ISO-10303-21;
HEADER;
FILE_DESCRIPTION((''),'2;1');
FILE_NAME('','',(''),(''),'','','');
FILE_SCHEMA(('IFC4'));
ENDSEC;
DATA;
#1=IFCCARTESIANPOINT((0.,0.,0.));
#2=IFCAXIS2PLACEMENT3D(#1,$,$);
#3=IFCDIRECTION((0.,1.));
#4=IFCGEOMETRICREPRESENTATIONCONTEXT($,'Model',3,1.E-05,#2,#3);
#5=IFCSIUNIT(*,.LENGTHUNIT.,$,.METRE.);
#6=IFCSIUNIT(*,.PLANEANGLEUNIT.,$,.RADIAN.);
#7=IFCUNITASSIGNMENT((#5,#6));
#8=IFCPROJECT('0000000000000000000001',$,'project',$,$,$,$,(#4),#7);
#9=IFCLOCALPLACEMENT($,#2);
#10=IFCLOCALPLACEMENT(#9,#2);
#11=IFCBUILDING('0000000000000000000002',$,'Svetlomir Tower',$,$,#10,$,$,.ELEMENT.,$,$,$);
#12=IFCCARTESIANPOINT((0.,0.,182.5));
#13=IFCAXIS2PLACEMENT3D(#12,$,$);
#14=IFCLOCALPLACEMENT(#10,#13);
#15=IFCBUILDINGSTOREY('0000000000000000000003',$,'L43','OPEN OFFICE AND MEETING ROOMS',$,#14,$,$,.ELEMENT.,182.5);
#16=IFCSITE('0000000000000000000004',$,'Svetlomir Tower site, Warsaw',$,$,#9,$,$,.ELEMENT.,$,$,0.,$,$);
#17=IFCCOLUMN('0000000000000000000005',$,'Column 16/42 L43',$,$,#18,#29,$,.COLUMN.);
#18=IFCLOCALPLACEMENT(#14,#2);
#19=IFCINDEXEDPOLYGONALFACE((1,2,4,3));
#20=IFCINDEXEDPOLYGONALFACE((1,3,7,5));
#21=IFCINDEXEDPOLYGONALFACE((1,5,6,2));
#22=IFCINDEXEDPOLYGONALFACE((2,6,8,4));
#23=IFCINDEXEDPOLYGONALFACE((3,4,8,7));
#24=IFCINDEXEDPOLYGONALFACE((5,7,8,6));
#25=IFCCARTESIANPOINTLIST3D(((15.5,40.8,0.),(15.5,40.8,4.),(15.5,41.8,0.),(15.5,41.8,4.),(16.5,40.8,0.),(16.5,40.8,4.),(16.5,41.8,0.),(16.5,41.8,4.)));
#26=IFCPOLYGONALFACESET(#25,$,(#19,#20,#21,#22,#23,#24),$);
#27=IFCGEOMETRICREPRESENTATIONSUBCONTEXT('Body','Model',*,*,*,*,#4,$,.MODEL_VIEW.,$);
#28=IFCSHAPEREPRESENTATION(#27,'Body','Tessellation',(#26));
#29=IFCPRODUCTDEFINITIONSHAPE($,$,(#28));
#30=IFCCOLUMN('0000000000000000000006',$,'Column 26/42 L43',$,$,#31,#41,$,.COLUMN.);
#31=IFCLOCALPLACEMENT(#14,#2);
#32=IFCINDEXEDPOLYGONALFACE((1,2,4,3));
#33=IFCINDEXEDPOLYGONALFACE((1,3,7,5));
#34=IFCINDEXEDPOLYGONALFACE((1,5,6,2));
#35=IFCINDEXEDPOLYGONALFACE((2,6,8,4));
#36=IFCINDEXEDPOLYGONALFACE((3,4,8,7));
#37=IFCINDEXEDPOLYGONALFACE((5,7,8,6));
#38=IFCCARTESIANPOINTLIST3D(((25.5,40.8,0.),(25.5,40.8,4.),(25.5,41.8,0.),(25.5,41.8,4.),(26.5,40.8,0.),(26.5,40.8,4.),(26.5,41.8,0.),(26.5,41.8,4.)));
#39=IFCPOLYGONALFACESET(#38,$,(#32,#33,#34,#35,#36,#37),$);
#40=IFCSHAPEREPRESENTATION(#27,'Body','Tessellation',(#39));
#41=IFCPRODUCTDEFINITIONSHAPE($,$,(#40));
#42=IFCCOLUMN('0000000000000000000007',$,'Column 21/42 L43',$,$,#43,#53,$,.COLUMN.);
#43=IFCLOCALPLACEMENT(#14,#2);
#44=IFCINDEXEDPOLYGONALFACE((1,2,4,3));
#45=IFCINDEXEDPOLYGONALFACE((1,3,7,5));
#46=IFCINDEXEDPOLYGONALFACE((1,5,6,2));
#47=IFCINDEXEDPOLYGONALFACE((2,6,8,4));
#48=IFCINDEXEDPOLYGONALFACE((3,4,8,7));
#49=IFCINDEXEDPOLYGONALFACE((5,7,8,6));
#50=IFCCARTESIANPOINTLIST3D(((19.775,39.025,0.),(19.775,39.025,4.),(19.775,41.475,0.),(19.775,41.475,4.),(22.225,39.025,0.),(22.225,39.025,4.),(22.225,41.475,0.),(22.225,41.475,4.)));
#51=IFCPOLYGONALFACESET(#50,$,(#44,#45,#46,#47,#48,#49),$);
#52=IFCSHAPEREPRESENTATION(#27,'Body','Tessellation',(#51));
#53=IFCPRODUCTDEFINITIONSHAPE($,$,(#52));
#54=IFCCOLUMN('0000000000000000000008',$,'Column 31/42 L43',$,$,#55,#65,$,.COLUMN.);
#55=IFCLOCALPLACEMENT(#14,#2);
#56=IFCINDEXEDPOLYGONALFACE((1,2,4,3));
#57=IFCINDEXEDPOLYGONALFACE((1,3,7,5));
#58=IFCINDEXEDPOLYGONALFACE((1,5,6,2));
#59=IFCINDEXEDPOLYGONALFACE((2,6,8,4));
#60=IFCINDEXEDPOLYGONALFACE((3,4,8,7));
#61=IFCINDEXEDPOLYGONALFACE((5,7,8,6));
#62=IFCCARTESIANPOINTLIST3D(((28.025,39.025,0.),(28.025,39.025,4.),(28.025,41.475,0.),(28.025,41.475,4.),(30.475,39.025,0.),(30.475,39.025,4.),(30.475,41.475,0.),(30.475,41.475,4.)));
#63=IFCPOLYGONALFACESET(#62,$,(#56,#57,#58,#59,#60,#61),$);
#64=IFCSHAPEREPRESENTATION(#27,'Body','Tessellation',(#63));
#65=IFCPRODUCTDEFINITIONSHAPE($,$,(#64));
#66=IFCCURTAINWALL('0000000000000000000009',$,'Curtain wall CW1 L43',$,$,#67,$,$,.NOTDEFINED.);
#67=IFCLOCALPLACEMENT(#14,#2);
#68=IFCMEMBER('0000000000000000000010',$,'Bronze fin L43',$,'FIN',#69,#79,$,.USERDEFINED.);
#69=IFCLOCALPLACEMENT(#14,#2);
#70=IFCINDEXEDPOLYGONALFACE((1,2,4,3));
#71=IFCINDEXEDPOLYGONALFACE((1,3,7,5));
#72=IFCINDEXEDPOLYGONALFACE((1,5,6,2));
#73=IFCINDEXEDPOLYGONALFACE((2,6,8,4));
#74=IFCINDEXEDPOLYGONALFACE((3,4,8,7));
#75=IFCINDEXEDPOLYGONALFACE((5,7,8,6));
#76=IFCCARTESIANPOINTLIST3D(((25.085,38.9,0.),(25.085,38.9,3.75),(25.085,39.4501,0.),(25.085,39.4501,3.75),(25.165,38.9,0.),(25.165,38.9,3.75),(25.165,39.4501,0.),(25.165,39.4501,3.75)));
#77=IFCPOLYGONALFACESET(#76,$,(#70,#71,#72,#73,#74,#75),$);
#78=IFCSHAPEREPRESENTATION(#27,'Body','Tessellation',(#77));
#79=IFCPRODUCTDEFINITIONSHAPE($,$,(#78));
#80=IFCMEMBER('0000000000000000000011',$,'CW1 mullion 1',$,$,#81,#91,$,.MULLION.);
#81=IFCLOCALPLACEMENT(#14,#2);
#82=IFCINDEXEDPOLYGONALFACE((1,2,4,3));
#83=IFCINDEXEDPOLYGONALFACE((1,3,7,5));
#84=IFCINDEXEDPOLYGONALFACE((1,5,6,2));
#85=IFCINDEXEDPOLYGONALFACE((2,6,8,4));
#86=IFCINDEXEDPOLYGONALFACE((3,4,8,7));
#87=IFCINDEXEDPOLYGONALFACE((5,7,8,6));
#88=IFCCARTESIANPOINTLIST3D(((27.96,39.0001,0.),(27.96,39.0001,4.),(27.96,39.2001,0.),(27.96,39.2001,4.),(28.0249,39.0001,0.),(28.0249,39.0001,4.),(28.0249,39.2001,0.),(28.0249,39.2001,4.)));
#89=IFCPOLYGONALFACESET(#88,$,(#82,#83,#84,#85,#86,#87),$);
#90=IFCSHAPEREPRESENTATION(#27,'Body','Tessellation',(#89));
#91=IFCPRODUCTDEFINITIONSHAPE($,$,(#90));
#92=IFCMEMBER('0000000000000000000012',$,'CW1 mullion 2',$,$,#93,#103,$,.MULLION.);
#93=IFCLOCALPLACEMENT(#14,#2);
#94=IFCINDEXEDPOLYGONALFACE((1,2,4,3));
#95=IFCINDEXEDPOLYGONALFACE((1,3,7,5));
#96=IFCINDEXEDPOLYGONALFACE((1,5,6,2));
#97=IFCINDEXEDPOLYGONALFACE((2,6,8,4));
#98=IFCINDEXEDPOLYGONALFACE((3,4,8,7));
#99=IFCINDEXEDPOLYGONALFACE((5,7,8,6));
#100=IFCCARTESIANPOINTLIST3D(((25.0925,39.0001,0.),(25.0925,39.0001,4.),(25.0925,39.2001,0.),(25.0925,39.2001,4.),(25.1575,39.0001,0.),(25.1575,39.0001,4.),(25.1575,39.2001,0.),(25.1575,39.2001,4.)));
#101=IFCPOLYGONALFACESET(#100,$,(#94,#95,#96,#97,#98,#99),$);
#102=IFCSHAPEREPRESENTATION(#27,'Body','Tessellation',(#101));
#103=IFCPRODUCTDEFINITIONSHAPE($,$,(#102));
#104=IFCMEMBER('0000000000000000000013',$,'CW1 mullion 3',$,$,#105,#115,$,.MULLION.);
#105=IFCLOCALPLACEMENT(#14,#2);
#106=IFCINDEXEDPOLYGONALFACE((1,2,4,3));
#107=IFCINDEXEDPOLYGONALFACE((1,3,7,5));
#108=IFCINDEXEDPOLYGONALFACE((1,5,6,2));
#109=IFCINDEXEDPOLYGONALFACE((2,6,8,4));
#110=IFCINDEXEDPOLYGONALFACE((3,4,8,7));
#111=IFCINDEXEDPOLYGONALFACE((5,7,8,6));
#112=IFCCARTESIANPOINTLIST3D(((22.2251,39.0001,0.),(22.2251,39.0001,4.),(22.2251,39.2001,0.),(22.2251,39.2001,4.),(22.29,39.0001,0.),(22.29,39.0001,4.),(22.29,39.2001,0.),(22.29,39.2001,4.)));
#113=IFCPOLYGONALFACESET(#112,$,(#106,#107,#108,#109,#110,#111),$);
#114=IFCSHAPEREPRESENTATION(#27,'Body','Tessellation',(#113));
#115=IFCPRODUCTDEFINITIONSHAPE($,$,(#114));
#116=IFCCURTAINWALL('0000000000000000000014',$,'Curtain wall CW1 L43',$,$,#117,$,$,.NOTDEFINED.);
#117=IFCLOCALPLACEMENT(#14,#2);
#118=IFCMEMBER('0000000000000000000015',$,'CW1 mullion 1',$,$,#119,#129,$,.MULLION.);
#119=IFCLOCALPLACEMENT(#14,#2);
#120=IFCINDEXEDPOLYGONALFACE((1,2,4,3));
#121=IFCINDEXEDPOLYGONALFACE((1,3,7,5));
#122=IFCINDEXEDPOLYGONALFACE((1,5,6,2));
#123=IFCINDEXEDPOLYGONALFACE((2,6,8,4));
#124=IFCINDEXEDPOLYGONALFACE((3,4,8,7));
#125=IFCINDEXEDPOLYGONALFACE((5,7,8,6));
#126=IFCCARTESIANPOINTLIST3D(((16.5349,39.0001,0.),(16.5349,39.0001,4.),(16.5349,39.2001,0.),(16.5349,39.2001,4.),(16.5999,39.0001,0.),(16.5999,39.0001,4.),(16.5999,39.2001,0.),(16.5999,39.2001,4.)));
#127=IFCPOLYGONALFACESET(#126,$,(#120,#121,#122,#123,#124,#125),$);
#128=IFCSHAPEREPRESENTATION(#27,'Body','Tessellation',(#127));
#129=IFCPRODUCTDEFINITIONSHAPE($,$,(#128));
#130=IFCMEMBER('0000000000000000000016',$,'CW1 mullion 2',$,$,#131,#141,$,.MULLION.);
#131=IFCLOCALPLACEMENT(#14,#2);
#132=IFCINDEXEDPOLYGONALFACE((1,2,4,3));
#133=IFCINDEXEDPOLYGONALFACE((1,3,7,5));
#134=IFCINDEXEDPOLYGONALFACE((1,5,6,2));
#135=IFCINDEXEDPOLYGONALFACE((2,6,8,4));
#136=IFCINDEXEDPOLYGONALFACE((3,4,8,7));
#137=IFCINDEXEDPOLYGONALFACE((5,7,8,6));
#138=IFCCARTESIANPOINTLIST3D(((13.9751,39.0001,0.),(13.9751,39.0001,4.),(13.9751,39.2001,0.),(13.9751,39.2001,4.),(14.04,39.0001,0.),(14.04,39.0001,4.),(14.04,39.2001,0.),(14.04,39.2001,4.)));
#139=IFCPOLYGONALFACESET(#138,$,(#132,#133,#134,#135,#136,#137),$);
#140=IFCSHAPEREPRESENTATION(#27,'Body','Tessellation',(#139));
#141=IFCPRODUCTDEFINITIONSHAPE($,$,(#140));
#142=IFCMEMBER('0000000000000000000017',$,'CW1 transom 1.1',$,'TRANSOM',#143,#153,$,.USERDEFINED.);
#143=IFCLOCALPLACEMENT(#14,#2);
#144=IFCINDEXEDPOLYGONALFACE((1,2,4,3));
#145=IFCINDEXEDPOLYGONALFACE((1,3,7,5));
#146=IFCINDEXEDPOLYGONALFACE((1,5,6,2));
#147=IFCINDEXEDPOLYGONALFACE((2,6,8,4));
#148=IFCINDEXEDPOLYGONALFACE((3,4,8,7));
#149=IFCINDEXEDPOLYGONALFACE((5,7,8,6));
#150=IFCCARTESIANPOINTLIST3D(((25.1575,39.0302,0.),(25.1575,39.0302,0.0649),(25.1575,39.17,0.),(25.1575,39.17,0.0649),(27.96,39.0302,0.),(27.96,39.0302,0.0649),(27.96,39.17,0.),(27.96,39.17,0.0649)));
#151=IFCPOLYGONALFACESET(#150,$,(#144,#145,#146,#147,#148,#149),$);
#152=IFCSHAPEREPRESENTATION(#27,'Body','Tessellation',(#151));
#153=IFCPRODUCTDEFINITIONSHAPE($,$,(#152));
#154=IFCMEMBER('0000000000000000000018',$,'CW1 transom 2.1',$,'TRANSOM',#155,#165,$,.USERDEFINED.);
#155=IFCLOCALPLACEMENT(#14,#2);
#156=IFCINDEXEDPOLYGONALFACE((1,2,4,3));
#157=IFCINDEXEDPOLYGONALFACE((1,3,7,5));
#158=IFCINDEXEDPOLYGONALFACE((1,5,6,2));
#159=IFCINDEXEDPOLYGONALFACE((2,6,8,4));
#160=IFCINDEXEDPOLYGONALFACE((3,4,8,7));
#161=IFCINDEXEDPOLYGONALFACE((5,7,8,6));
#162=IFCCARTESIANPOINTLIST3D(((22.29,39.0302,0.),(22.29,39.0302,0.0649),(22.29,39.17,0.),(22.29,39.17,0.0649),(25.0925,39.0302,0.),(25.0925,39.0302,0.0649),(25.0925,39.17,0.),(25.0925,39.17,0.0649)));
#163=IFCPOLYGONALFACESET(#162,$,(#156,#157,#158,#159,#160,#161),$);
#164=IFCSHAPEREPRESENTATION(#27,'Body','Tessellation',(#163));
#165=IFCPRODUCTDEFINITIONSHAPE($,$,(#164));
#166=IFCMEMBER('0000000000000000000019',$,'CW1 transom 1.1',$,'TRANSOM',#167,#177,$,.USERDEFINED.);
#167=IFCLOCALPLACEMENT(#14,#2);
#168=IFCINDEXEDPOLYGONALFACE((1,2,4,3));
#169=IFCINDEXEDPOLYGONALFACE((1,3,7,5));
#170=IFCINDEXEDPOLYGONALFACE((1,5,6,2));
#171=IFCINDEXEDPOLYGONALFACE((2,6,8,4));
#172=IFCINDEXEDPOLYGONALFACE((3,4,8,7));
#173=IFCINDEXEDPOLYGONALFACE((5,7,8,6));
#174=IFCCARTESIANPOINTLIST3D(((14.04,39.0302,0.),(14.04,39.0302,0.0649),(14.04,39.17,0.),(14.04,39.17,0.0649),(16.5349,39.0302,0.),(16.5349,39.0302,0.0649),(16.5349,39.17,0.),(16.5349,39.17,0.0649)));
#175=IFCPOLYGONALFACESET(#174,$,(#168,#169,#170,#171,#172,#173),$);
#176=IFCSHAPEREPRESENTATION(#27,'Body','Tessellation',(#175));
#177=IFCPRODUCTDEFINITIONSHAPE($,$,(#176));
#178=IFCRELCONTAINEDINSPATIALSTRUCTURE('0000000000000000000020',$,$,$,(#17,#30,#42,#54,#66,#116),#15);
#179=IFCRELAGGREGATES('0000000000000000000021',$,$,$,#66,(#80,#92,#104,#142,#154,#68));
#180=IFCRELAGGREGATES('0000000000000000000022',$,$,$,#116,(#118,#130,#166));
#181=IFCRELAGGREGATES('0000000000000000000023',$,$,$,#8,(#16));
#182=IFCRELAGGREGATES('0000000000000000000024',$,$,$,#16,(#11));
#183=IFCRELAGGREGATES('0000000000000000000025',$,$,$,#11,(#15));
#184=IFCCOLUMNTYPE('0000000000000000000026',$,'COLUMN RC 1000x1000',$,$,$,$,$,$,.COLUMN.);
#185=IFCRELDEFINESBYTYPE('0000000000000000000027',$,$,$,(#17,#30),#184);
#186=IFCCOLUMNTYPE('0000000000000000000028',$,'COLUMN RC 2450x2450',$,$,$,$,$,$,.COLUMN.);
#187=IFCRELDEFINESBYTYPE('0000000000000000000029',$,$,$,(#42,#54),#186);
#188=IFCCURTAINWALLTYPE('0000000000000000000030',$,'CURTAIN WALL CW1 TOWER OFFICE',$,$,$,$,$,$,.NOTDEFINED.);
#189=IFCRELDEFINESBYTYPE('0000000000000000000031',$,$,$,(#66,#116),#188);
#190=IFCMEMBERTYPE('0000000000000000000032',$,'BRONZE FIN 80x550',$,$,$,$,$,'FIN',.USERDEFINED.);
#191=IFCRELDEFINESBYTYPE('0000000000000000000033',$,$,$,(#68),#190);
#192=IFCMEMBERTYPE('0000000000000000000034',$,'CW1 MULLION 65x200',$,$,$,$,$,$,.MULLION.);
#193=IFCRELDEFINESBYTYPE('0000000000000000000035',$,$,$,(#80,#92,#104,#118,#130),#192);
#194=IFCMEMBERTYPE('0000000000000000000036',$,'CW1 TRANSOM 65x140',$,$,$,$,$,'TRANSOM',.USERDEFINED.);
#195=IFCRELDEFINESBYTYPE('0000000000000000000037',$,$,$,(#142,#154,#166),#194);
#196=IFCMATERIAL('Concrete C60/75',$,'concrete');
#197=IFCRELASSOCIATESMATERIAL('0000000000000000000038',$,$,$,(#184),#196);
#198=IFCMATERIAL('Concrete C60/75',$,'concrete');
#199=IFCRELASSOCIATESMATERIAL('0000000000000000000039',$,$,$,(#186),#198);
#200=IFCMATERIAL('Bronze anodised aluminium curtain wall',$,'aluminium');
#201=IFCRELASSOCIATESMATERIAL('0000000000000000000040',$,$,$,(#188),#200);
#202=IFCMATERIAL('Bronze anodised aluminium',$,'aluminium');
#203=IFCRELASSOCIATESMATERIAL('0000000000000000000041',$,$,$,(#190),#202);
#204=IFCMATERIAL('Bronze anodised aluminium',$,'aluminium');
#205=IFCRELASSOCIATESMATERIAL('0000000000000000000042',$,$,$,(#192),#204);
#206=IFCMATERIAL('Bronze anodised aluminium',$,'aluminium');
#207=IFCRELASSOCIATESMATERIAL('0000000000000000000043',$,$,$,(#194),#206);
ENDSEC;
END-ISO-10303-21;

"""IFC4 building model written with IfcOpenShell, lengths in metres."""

from ifc_helpers import new_model, si_unit, direction, frame, origin, origin_2d, place, context, subcontext, project, spatial, rectangle, extrude, material, material_profile, profile_set, type_object, element, aggregate, save


model = new_model("IFC4")

# Units and contexts
model_context = context("Model", 3, precision=1e-05, world=origin(), true_north=direction((0.0, 1.0)))
body_context = subcontext(model_context, "Body", "Model", "MODEL_VIEW")
ifc_project = project(units=[si_unit("LENGTHUNIT", "METRE"), si_unit("PLANEANGLEUNIT", "RADIAN")], contexts=[model_context])

# Site, building, storey
site_placement = place(None, origin())
site = spatial("IfcSite", under=ifc_project, at=site_placement, Name="Svetlomir Tower site, Warsaw", CompositionType="ELEMENT", RefElevation=0.0)
building_placement = place(site_placement, origin())
building = spatial("IfcBuilding", under=site, at=building_placement, Name="Svetlomir Tower", CompositionType="ELEMENT")
storey_placement = place(building_placement, frame((0.0, 0.0, 182.5)))
storey = spatial("IfcBuildingStorey", under=building, at=storey_placement, Name="L43", Description="OPEN OFFICE AND MEETING ROOMS", CompositionType="ELEMENT", Elevation=182.5)

# Columns
ifc_material_1 = material(Name="Concrete C60/75", Category="concrete")
ifc_material_profile_1 = material_profile(ifc_material_1, rectangle(XDim=1.0, YDim=1.0, at=origin_2d()), Name="RC 1000x1000")
ifc_profile_set_1 = profile_set([ifc_material_profile_1], Name="Concrete C60/75")
column_type_1 = type_object("IfcColumnType", Name="COLUMN RC 1000x1000", PredefinedType="COLUMN", material=ifc_profile_set_1)
for number, where, z_axis, x_axis, name in (
    (1, (16.0, 41.3, 0.0), (0.0, 0.0, 1.0), (1.0, 0.0, 0.0), "Column 16/42 L43"),
    (2, (26.0, 41.3, 0.0), (0.0, 0.0, 1.0), (1.0, 0.0, 0.0), "Column 26/42 L43"),
):
    element("IfcColumn", number, at=place(storey_placement, frame(where, z_axis=z_axis, x_axis=x_axis)), inside=storey, type_object=column_type_1, Name=name, PredefinedType="COLUMN", context=body_context, shape_type="SweptSolid", body=[
        extrude(rectangle(XDim=1.0, YDim=1.0, at=origin_2d()), origin(), (0.0, 0.0, 1.0), 4.0),
    ])
ifc_material_2 = material(Name="Concrete C60/75", Category="concrete")
ifc_material_profile_2 = material_profile(ifc_material_2, rectangle(XDim=2.45, YDim=2.45, at=origin_2d()), Name="RC 2450x2450")
ifc_profile_set_2 = profile_set([ifc_material_profile_2], Name="Concrete C60/75")
column_type_2 = type_object("IfcColumnType", Name="COLUMN RC 2450x2450", PredefinedType="COLUMN", material=ifc_profile_set_2)
for number, where, z_axis, x_axis, name in (
    (3, (21.0, 40.25, 0.0), (0.0, 0.0, 1.0), (1.0, 0.0, 0.0), "Column 21/42 L43"),
    (4, (29.25, 40.25, 0.0), (0.0, 0.0, 1.0), (1.0, 0.0, 0.0), "Column 31/42 L43"),
):
    element("IfcColumn", number, at=place(storey_placement, frame(where, z_axis=z_axis, x_axis=x_axis)), inside=storey, type_object=column_type_2, Name=name, PredefinedType="COLUMN", context=body_context, shape_type="SweptSolid", body=[
        extrude(rectangle(XDim=2.45, YDim=2.45, at=origin_2d()), origin(), (0.0, 0.0, 1.0), 4.0),
    ])

# Curtain walls, members
ifc_material_3 = material(Name="Bronze anodised aluminium curtain wall", Category="aluminium")
curtain_wall_type = type_object("IfcCurtainWallType", Name="CURTAIN WALL CW1 TOWER OFFICE", PredefinedType="NOTDEFINED", material=ifc_material_3)
curtain_wall_1_placement = place(storey_placement, origin())
curtain_wall_1 = element("IfcCurtainWall", 5, at=curtain_wall_1_placement, inside=storey, type_object=curtain_wall_type, Name="Curtain wall CW1 L43", PredefinedType="NOTDEFINED")
ifc_material_4 = material(Name="Bronze anodised aluminium", Category="aluminium")
ifc_material_profile_3 = material_profile(ifc_material_4, rectangle(XDim=0.0801, YDim=0.55, at=origin_2d()), Name="FIN 80x550")
ifc_profile_set_3 = profile_set([ifc_material_profile_3], Name="Bronze anodised aluminium 6063-T6")
member_type_1 = type_object("IfcMemberType", Name="BRONZE FIN 80x550", ElementType="FIN", PredefinedType="USERDEFINED", material=ifc_profile_set_3)
member_1_placement = place(storey_placement, frame((25.125, 39.175, 0.0), z_axis=(0.0, 0.0, 1.0), x_axis=(1.0, 0.0, 0.0)))
member_1 = element("IfcMember", 6, at=member_1_placement, type_object=member_type_1, Name="Bronze fin L43", ObjectType="FIN", PredefinedType="USERDEFINED", context=body_context, shape_type="SweptSolid", body=[
    extrude(rectangle(XDim=0.0801, YDim=0.55, at=origin_2d()), origin(), (0.0, 0.0, 1.0), 3.75),
])
ifc_material_5 = material(Name="Bronze anodised aluminium", Category="aluminium")
ifc_material_profile_4 = material_profile(ifc_material_5, rectangle(XDim=0.0649, YDim=0.2, at=origin_2d()), Name="AL 65x200")
ifc_profile_set_4 = profile_set([ifc_material_profile_4], Name="Bronze anodised aluminium 6063-T6")
member_type_2 = type_object("IfcMemberType", Name="CW1 MULLION 65x200", PredefinedType="MULLION", material=ifc_profile_set_4)
member_2_placement = place(storey_placement, frame((27.9924, 39.1001, 0.0), z_axis=(0.0, 0.0, 1.0), x_axis=(-1.0, 0.0, 0.0)))
member_2 = element("IfcMember", 7, at=member_2_placement, type_object=member_type_2, Name="CW1 mullion 1", PredefinedType="MULLION", context=body_context, shape_type="SweptSolid", body=[
    extrude(rectangle(XDim=0.0649, YDim=0.2, at=origin_2d()), origin(), (0.0, 0.0, 1.0), 4.0),
])
member_3_placement = place(storey_placement, frame((25.125, 39.1001, 0.0), z_axis=(0.0, 0.0, 1.0), x_axis=(-1.0, 0.0, 0.0)))
member_3 = element("IfcMember", 8, at=member_3_placement, type_object=member_type_2, Name="CW1 mullion 2", PredefinedType="MULLION", context=body_context, shape_type="SweptSolid", body=[
    extrude(rectangle(XDim=0.0649, YDim=0.2, at=origin_2d()), origin(), (0.0, 0.0, 1.0), 4.0),
])
member_4_placement = place(storey_placement, frame((22.2576, 39.1001, 0.0), z_axis=(0.0, 0.0, 1.0), x_axis=(-1.0, 0.0, 0.0)))
member_4 = element("IfcMember", 9, at=member_4_placement, type_object=member_type_2, Name="CW1 mullion 3", PredefinedType="MULLION", context=body_context, shape_type="SweptSolid", body=[
    extrude(rectangle(XDim=0.0649, YDim=0.2, at=origin_2d()), origin(), (0.0, 0.0, 1.0), 4.0),
])
curtain_wall_2_placement = place(storey_placement, origin())
curtain_wall_2 = element("IfcCurtainWall", 10, at=curtain_wall_2_placement, inside=storey, type_object=curtain_wall_type, Name="Curtain wall CW1 L43", PredefinedType="NOTDEFINED")
member_5_placement = place(storey_placement, frame((16.5674, 39.1001, 0.0), z_axis=(0.0, 0.0, 1.0), x_axis=(-1.0, 0.0, 0.0)))
member_5 = element("IfcMember", 11, at=member_5_placement, type_object=member_type_2, Name="CW1 mullion 1", PredefinedType="MULLION", context=body_context, shape_type="SweptSolid", body=[
    extrude(rectangle(XDim=0.0649, YDim=0.2, at=origin_2d()), origin(), (0.0, 0.0, 1.0), 4.0),
])
member_6_placement = place(storey_placement, frame((14.0076, 39.1001, 0.0), z_axis=(0.0, 0.0, 1.0), x_axis=(-1.0, 0.0, 0.0)))
member_6 = element("IfcMember", 12, at=member_6_placement, type_object=member_type_2, Name="CW1 mullion 2", PredefinedType="MULLION", context=body_context, shape_type="SweptSolid", body=[
    extrude(rectangle(XDim=0.0649, YDim=0.2, at=origin_2d()), origin(), (0.0, 0.0, 1.0), 4.0),
])

# Members
ifc_material_6 = material(Name="Bronze anodised aluminium", Category="aluminium")
ifc_material_profile_5 = material_profile(ifc_material_6, rectangle(XDim=0.1399, YDim=0.0649, at=origin_2d()), Name="AL 140x65")
ifc_profile_set_5 = profile_set([ifc_material_profile_5], Name="Bronze anodised aluminium 6063-T6")
member_type_3 = type_object("IfcMemberType", Name="CW1 TRANSOM 65x140", ElementType="TRANSOM", PredefinedType="USERDEFINED", material=ifc_profile_set_5)
member_7_placement = place(storey_placement, frame((27.96, 39.1001, 0.0325), z_axis=(-1.0, 0.0, 0.0), x_axis=(0.0, -1.0, 0.0)))
member_7 = element("IfcMember", 13, at=member_7_placement, type_object=member_type_3, Name="CW1 transom 1.1", ObjectType="TRANSOM", PredefinedType="USERDEFINED", context=body_context, shape_type="SweptSolid", body=[
    extrude(rectangle(XDim=0.1399, YDim=0.0649, at=origin_2d()), origin(), (0.0, 0.0, 1.0), 2.8025),
])
member_8_placement = place(storey_placement, frame((25.0925, 39.1001, 0.0325), z_axis=(-1.0, 0.0, 0.0), x_axis=(0.0, -1.0, 0.0)))
member_8 = element("IfcMember", 14, at=member_8_placement, type_object=member_type_3, Name="CW1 transom 2.1", ObjectType="TRANSOM", PredefinedType="USERDEFINED", context=body_context, shape_type="SweptSolid", body=[
    extrude(rectangle(XDim=0.1399, YDim=0.0649, at=origin_2d()), origin(), (0.0, 0.0, 1.0), 2.8025),
])
member_9_placement = place(storey_placement, frame((16.5349, 39.1001, 0.0325), z_axis=(-1.0, 0.0, 0.0), x_axis=(0.0, -1.0, 0.0)))
member_9 = element("IfcMember", 15, at=member_9_placement, type_object=member_type_3, Name="CW1 transom 1.1", ObjectType="TRANSOM", PredefinedType="USERDEFINED", context=body_context, shape_type="SweptSolid", body=[
    extrude(rectangle(XDim=0.1399, YDim=0.0649, at=origin_2d()), origin(), (0.0, 0.0, 1.0), 2.4949),
])

aggregate(curtain_wall_1, [member_2, member_3, member_4, member_7, member_8, member_1])
aggregate(curtain_wall_2, [member_5, member_6, member_9])

save(model, "model.ifc")
